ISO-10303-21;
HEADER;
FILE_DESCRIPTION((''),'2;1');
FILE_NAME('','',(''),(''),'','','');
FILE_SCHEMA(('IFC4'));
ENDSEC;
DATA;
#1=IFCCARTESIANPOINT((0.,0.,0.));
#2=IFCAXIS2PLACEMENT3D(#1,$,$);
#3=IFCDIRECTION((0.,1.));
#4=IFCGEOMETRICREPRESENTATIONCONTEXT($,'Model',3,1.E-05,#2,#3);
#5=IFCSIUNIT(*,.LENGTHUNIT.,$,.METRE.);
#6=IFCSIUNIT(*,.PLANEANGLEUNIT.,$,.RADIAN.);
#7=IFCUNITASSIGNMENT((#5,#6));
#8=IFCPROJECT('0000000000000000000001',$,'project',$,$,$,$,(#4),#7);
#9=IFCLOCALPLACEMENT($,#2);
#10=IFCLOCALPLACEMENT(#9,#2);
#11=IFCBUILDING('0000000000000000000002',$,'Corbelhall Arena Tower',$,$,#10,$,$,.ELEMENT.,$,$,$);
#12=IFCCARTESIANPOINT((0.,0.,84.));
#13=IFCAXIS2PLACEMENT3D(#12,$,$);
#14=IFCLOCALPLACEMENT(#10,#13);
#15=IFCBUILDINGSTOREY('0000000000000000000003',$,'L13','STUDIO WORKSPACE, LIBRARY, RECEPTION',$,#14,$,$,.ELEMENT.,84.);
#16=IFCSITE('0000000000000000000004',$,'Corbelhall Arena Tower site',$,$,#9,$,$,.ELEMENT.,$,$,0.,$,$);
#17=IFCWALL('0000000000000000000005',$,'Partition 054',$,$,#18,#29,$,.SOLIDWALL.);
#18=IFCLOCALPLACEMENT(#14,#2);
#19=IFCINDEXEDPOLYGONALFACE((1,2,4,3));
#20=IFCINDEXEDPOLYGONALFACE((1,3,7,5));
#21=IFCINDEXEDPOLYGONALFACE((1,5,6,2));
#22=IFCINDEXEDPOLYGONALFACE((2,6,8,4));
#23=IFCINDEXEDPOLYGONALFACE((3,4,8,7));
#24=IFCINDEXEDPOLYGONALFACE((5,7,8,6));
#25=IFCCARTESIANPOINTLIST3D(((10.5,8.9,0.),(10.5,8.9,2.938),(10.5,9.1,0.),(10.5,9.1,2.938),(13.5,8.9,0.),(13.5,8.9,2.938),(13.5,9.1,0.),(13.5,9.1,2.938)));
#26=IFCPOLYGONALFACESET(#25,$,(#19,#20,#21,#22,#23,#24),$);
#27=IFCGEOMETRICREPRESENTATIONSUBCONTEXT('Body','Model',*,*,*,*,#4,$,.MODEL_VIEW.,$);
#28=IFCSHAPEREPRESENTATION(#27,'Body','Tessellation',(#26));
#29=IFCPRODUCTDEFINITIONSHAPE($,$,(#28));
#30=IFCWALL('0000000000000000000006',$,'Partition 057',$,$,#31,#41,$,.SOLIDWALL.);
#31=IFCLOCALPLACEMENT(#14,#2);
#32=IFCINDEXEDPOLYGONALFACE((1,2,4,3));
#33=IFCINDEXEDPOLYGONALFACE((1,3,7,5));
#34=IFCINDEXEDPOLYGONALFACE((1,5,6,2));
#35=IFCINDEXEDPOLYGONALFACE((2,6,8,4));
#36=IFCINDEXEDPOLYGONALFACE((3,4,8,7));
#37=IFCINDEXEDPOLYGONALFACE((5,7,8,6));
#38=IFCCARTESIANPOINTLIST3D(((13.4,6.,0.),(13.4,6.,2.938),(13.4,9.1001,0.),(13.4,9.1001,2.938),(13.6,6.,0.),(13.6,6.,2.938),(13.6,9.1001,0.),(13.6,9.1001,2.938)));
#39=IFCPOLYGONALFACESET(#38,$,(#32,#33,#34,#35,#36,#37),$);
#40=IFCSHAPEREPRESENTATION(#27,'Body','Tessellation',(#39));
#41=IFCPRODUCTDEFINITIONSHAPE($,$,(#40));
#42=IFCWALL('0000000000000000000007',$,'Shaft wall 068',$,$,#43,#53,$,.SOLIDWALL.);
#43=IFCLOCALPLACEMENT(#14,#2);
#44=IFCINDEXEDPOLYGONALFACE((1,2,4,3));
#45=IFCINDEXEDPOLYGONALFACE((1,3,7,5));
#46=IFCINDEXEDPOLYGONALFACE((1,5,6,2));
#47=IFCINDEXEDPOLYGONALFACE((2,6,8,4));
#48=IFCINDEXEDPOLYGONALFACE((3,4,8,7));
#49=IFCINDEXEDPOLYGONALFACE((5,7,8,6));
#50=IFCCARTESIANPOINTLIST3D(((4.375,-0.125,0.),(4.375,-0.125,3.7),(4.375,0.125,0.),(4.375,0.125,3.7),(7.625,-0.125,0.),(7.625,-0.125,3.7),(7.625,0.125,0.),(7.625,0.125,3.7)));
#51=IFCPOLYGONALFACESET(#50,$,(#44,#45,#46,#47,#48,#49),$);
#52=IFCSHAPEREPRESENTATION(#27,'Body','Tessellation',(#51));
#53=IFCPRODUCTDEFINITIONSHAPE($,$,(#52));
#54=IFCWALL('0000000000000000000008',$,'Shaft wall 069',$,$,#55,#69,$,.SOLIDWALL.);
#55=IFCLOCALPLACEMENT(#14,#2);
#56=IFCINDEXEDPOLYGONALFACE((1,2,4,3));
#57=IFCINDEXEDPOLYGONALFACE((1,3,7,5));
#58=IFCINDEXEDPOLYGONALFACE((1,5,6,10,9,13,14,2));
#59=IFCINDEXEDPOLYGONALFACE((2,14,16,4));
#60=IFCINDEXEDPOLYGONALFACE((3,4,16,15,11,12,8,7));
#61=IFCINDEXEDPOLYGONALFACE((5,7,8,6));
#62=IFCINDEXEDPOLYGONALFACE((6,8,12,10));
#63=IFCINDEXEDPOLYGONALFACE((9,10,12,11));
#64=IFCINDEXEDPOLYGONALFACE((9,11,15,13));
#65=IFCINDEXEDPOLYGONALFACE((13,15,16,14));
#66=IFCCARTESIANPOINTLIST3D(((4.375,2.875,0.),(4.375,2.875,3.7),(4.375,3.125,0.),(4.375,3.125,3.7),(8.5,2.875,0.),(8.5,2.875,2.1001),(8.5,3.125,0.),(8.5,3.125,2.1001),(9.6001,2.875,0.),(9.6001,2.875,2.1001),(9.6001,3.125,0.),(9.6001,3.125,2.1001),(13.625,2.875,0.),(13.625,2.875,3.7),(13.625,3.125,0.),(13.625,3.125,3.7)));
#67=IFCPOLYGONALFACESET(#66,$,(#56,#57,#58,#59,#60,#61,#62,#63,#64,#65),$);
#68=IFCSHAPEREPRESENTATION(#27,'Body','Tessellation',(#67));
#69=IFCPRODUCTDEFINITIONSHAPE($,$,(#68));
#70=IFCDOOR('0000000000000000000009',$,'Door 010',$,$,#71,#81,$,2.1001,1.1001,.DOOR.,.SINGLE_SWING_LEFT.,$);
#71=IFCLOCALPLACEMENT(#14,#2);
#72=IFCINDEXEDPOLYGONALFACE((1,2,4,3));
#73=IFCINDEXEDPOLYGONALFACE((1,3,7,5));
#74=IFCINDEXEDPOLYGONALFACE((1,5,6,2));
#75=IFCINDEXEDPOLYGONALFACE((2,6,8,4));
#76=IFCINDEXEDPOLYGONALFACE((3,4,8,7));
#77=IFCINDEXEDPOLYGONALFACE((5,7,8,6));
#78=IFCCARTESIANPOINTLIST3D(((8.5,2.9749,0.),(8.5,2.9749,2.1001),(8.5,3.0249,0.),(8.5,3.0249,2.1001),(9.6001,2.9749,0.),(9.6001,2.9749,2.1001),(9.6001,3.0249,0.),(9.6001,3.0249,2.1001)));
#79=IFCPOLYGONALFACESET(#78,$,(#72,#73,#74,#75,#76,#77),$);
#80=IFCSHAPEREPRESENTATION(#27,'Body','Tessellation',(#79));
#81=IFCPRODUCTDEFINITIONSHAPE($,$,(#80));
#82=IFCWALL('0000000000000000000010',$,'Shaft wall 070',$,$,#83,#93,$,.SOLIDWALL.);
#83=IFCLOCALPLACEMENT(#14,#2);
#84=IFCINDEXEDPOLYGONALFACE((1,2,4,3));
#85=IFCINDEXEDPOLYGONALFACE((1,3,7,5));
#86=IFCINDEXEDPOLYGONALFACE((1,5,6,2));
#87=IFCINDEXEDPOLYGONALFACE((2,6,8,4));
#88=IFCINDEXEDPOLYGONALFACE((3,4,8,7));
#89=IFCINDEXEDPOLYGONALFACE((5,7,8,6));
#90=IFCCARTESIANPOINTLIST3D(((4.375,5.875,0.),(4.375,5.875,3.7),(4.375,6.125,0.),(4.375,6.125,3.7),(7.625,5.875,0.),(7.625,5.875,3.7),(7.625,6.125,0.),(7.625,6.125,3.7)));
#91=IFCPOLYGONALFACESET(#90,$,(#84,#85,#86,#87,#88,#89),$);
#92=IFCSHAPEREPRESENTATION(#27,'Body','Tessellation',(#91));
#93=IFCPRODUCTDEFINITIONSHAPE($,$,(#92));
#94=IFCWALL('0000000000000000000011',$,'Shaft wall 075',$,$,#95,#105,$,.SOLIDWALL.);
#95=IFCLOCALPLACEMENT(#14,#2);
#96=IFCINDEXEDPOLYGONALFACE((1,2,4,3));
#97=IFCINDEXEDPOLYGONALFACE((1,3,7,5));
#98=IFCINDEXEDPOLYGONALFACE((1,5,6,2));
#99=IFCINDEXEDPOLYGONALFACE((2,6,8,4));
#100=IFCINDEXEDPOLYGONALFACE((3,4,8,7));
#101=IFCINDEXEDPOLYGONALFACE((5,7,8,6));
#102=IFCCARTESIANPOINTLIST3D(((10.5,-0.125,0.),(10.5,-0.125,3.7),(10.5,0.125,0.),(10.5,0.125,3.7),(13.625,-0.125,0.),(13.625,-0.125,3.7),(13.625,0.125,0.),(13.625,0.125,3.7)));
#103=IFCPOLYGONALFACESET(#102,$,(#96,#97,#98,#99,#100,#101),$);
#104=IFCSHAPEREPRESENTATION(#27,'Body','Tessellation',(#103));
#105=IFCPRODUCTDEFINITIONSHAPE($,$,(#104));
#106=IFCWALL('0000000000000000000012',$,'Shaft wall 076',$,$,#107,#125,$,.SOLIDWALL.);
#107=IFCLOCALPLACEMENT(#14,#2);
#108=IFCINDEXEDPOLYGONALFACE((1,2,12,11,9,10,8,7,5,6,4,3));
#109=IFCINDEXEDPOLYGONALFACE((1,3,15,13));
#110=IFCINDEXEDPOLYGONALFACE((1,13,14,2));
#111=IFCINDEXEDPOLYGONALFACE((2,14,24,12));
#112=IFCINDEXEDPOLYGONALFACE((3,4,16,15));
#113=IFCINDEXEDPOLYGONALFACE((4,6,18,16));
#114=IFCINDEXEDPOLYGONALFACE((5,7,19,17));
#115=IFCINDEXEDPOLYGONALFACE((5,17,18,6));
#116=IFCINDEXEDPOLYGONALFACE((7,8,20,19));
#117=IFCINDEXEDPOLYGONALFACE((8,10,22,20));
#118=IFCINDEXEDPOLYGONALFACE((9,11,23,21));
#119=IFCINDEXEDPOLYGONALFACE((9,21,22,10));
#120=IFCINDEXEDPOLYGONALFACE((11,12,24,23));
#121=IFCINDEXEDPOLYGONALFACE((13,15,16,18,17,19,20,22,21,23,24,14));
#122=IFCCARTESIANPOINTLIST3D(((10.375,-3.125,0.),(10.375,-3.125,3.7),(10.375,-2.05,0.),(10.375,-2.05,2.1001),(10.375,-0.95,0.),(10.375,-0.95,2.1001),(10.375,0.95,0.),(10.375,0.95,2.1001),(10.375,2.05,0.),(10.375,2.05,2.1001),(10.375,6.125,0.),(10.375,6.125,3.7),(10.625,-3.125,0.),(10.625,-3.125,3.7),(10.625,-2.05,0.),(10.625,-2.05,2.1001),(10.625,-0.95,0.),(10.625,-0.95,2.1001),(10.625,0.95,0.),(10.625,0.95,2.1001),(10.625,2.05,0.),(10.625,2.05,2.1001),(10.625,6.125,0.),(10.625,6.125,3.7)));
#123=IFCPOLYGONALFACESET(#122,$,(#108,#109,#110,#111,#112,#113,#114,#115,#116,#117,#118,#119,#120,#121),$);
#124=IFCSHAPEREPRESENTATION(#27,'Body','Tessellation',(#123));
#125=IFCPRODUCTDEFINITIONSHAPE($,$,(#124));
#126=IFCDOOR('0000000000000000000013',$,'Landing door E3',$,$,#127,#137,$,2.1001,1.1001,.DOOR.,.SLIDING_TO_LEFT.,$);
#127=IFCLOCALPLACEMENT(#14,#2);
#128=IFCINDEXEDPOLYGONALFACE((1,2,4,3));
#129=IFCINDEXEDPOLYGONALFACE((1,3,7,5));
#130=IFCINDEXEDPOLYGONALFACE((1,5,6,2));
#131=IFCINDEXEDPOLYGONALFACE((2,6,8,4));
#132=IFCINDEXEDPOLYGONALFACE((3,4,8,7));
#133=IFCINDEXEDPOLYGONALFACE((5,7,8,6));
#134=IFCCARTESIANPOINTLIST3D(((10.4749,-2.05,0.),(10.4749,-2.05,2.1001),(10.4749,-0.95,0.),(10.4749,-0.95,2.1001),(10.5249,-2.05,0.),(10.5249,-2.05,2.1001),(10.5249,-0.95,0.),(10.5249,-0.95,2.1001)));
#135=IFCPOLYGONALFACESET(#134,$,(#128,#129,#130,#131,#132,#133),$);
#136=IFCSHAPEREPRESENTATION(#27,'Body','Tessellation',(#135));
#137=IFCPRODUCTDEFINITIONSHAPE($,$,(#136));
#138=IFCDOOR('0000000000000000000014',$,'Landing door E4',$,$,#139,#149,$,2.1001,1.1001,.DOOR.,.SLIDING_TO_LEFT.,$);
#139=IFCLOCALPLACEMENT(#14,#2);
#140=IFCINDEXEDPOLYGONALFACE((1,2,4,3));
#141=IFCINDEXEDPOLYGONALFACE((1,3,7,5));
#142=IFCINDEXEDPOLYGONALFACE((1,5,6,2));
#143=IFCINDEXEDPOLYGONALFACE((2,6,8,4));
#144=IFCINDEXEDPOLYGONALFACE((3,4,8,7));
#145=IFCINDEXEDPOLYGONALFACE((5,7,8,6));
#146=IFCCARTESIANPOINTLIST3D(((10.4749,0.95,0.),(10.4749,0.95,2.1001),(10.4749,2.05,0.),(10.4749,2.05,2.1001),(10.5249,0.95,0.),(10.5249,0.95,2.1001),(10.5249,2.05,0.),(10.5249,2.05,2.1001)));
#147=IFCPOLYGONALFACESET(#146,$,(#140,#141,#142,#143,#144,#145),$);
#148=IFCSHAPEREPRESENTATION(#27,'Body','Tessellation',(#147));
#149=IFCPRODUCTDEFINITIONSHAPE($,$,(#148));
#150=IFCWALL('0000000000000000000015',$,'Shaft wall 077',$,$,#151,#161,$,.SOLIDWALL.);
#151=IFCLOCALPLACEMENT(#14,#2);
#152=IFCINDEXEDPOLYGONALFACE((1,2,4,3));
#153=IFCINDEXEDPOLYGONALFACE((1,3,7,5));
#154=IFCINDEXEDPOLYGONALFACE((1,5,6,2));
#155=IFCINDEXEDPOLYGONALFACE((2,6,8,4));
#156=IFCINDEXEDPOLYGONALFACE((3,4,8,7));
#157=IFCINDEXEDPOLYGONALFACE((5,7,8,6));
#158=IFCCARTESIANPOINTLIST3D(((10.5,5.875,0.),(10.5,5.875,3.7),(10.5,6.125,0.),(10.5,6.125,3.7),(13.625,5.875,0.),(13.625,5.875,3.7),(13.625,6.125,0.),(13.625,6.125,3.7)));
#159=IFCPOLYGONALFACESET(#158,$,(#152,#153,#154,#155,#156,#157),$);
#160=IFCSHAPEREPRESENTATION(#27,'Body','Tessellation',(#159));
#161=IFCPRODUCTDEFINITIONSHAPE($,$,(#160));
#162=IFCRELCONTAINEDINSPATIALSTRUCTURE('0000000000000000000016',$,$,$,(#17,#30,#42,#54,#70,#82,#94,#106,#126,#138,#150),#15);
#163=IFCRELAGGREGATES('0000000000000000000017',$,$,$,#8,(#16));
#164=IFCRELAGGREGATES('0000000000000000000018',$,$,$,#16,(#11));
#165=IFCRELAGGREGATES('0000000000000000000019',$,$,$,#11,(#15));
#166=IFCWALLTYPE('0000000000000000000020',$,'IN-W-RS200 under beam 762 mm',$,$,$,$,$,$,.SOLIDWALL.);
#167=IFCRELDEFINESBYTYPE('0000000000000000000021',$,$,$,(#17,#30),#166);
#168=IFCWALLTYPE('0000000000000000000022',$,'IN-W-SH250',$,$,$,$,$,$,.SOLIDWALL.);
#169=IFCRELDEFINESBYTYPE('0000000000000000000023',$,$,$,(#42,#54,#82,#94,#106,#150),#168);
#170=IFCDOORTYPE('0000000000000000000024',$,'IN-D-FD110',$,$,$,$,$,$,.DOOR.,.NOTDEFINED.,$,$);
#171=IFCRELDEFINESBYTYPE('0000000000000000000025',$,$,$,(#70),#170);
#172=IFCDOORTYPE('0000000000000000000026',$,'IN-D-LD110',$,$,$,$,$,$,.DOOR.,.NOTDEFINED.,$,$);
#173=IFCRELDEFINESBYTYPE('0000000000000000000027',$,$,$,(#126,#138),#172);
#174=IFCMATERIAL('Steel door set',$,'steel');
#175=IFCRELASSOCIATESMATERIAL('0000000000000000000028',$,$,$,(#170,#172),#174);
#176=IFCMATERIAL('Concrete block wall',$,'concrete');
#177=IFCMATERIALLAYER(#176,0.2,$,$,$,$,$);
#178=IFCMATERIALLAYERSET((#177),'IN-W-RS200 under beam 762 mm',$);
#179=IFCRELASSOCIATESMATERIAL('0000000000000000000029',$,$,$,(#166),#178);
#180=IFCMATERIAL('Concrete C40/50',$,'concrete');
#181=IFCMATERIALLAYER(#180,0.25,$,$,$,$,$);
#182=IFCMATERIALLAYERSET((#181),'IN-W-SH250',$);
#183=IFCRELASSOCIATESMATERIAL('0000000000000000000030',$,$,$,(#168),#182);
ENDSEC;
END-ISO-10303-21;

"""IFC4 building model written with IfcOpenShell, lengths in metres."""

from ifc_helpers import new_model, si_unit, direction, frame, frame_2d, origin, place, context, subcontext, project, spatial, rectangle, extrude, material, layer, layer_set, type_object, element, fill, save


model = new_model("IFC4")

# Units and contexts
model_context = context("Model", 3, precision=1e-05, world=origin(), true_north=direction((0.0, 1.0)))
body_context = subcontext(model_context, "Body", "Model", "MODEL_VIEW")
ifc_project = project(units=[si_unit("LENGTHUNIT", "METRE"), si_unit("PLANEANGLEUNIT", "RADIAN")], contexts=[model_context])

# Site, building, storey
site_placement = place(None, origin())
site = spatial("IfcSite", under=ifc_project, at=site_placement, Name="Corbelhall Arena Tower site", CompositionType="ELEMENT", RefElevation=0.0)
building_placement = place(site_placement, origin())
building = spatial("IfcBuilding", under=site, at=building_placement, Name="Corbelhall Arena Tower", CompositionType="ELEMENT")
storey_placement = place(building_placement, frame((0.0, 0.0, 84.0)))
storey = spatial("IfcBuildingStorey", under=building, at=storey_placement, Name="L13", Description="STUDIO WORKSPACE, LIBRARY, RECEPTION", CompositionType="ELEMENT", Elevation=84.0)

# Shared definitions
ifc_material_1 = material(Name="Concrete C40/50", Category="concrete")

# Shared definitions
ifc_material_2 = material(Name="Concrete block wall", Category="concrete")
ifc_material_3 = material(Name="Steel door set", Category="steel")
door_type_1 = type_object("IfcDoorType", Name="IN-D-FD110", OperationType="NOTDEFINED", PredefinedType="DOOR", material=ifc_material_3)

# Walls
ifc_layer_1 = layer(ifc_material_2, 0.2)
ifc_layer_set_1 = layer_set([ifc_layer_1], Name="IN-W-RS200 under beam 762 mm")
wall_type_1 = type_object("IfcWallType", Name="IN-W-RS200 under beam 762 mm", PredefinedType="SOLIDWALL", material=ifc_layer_set_1)
wall_1_placement = place(storey_placement, frame((10.5, 9.0, 0.0), z_axis=(0.0, 0.0, 1.0), x_axis=(1.0, 0.0, 0.0)))
element("IfcWall", 1, at=wall_1_placement, inside=storey, type_object=wall_type_1, Name="Partition 054", PredefinedType="SOLIDWALL", context=body_context, shape_type="SweptSolid", body=[
    extrude(rectangle(XDim=3.0, YDim=0.2, at=frame_2d((1.5, 0.0))), origin(), (0.0, 0.0, 1.0), 2.938),
])
wall_2_placement = place(storey_placement, frame((13.5, 9.1001, 0.0), z_axis=(0.0, 0.0, 1.0), x_axis=(0.0, -1.0, 0.0)))
element("IfcWall", 2, at=wall_2_placement, inside=storey, type_object=wall_type_1, Name="Partition 057", PredefinedType="SOLIDWALL", context=body_context, shape_type="SweptSolid", body=[
    extrude(rectangle(XDim=3.1001, YDim=0.2, at=frame_2d((1.55, 0.0))), origin(), (0.0, 0.0, 1.0), 2.938),
])
ifc_layer_2 = layer(ifc_material_1, 0.25)
ifc_layer_set_2 = layer_set([ifc_layer_2], Name="IN-W-SH250")
wall_type_2 = type_object("IfcWallType", Name="IN-W-SH250", PredefinedType="SOLIDWALL", material=ifc_layer_set_2)
wall_3_placement = place(storey_placement, frame((4.375, 0.0, 0.0), z_axis=(0.0, 0.0, 1.0), x_axis=(1.0, 0.0, 0.0)))
element("IfcWall", 3, at=wall_3_placement, inside=storey, type_object=wall_type_2, Name="Shaft wall 068", PredefinedType="SOLIDWALL", context=body_context, shape_type="SweptSolid", body=[
    extrude(rectangle(XDim=3.25, YDim=0.25, at=frame_2d((1.625, 0.0))), origin(), (0.0, 0.0, 1.0), 3.7),
])

# Wall, opening, door
wall_4_placement = place(storey_placement, frame((4.375, 3.0, 0.0), z_axis=(0.0, 0.0, 1.0), x_axis=(1.0, 0.0, 0.0)))
wall_4 = element("IfcWall", 4, at=wall_4_placement, inside=storey, type_object=wall_type_2, Name="Shaft wall 069", PredefinedType="SOLIDWALL", context=body_context, shape_type="SweptSolid", body=[
    extrude(rectangle(XDim=9.25, YDim=0.25, at=frame_2d((4.625, 0.0))), origin(), (0.0, 0.0, 1.0), 3.7),
])
opening_1_placement = place(wall_4_placement, frame((4.125, 0.0, 0.0)))
opening_1 = element("IfcOpeningElement", 5, at=opening_1_placement, cuts=wall_4, PredefinedType="OPENING", context=body_context, shape_type="SweptSolid", body=[
    extrude(rectangle(XDim=1.1001, YDim=2.1001, at=frame_2d((0.55, 1.05))), frame((0.0, 0.125, 0.0), z_axis=(0.0, -1.0, 0.0), x_axis=(1.0, 0.0, 0.0)), (0.0, 0.0, 1.0), 0.25),
])
door_1_placement = place(opening_1_placement, origin())
door_1 = element("IfcDoor", 6, at=door_1_placement, inside=storey, type_object=door_type_1, Name="Door 010", OperationType="SINGLE_SWING_LEFT", OverallHeight=2.1001, OverallWidth=1.1001, PredefinedType="DOOR", context=body_context, shape_type="SweptSolid", body=[
    extrude(rectangle(XDim=1.1001, YDim=2.1001, at=frame_2d((0.55, 1.05))), frame((0.0, 0.0249, 0.0), z_axis=(0.0, -1.0, 0.0), x_axis=(1.0, 0.0, 0.0)), (0.0, 0.0, 1.0), 0.05),
])
fill(opening_1, door_1)

# Walls
wall_5_placement = place(storey_placement, frame((4.375, 6.0, 0.0), z_axis=(0.0, 0.0, 1.0), x_axis=(1.0, 0.0, 0.0)))
element("IfcWall", 7, at=wall_5_placement, inside=storey, type_object=wall_type_2, Name="Shaft wall 070", PredefinedType="SOLIDWALL", context=body_context, shape_type="SweptSolid", body=[
    extrude(rectangle(XDim=3.25, YDim=0.25, at=frame_2d((1.625, 0.0))), origin(), (0.0, 0.0, 1.0), 3.7),
])
wall_6_placement = place(storey_placement, frame((10.5, 0.0, 0.0), z_axis=(0.0, 0.0, 1.0), x_axis=(1.0, 0.0, 0.0)))
element("IfcWall", 8, at=wall_6_placement, inside=storey, type_object=wall_type_2, Name="Shaft wall 075", PredefinedType="SOLIDWALL", context=body_context, shape_type="SweptSolid", body=[
    extrude(rectangle(XDim=3.125, YDim=0.25, at=frame_2d((1.5625, 0.0))), origin(), (0.0, 0.0, 1.0), 3.7),
])

# Wall, openings, doors
wall_7_placement = place(storey_placement, frame((10.5, 6.125, 0.0), z_axis=(0.0, 0.0, 1.0), x_axis=(0.0, -1.0, 0.0)))
wall_7 = element("IfcWall", 9, at=wall_7_placement, inside=storey, type_object=wall_type_2, Name="Shaft wall 076", PredefinedType="SOLIDWALL", context=body_context, shape_type="SweptSolid", body=[
    extrude(rectangle(XDim=9.25, YDim=0.25, at=frame_2d((4.625, 0.0))), origin(), (0.0, 0.0, 1.0), 3.7),
])
opening_2_placement = place(wall_7_placement, frame((7.075, 0.0, 0.0)))
opening_2 = element("IfcOpeningElement", 10, at=opening_2_placement, cuts=wall_7, PredefinedType="OPENING", context=body_context, shape_type="SweptSolid", body=[
    extrude(rectangle(XDim=1.1001, YDim=2.1001, at=frame_2d((0.55, 1.05))), frame((0.0, 0.125, 0.0), z_axis=(0.0, -1.0, 0.0), x_axis=(1.0, 0.0, 0.0)), (0.0, 0.0, 1.0), 0.25),
])
opening_3_placement = place(wall_7_placement, frame((4.075, 0.0, 0.0)))
opening_3 = element("IfcOpeningElement", 11, at=opening_3_placement, cuts=wall_7, PredefinedType="OPENING", context=body_context, shape_type="SweptSolid", body=[
    extrude(rectangle(XDim=1.1001, YDim=2.1001, at=frame_2d((0.55, 1.05))), frame((0.0, 0.125, 0.0), z_axis=(0.0, -1.0, 0.0), x_axis=(1.0, 0.0, 0.0)), (0.0, 0.0, 1.0), 0.25),
])
door_type_2 = type_object("IfcDoorType", Name="IN-D-LD110", OperationType="NOTDEFINED", PredefinedType="DOOR", material=ifc_material_3)
door_2_placement = place(opening_2_placement, origin())
door_2 = element("IfcDoor", 12, at=door_2_placement, inside=storey, type_object=door_type_2, Name="Landing door E3", OperationType="SLIDING_TO_LEFT", OverallHeight=2.1001, OverallWidth=1.1001, PredefinedType="DOOR", context=body_context, shape_type="SweptSolid", body=[
    extrude(rectangle(XDim=1.1001, YDim=2.1001, at=frame_2d((0.55, 1.05))), frame((0.0, 0.0249, 0.0), z_axis=(0.0, -1.0, 0.0), x_axis=(1.0, 0.0, 0.0)), (0.0, 0.0, 1.0), 0.05),
])
fill(opening_2, door_2)
door_3_placement = place(opening_3_placement, origin())
door_3 = element("IfcDoor", 13, at=door_3_placement, inside=storey, type_object=door_type_2, Name="Landing door E4", OperationType="SLIDING_TO_LEFT", OverallHeight=2.1001, OverallWidth=1.1001, PredefinedType="DOOR", context=body_context, shape_type="SweptSolid", body=[
    extrude(rectangle(XDim=1.1001, YDim=2.1001, at=frame_2d((0.55, 1.05))), frame((0.0, 0.0249, 0.0), z_axis=(0.0, -1.0, 0.0), x_axis=(1.0, 0.0, 0.0)), (0.0, 0.0, 1.0), 0.05),
])
fill(opening_3, door_3)

# Wall
wall_8_placement = place(storey_placement, frame((10.5, 6.0, 0.0), z_axis=(0.0, 0.0, 1.0), x_axis=(1.0, 0.0, 0.0)))
element("IfcWall", 14, at=wall_8_placement, inside=storey, type_object=wall_type_2, Name="Shaft wall 077", PredefinedType="SOLIDWALL", context=body_context, shape_type="SweptSolid", body=[
    extrude(rectangle(XDim=3.125, YDim=0.25, at=frame_2d((1.5625, 0.0))), origin(), (0.0, 0.0, 1.0), 3.7),
])

save(model, "model.ifc")
